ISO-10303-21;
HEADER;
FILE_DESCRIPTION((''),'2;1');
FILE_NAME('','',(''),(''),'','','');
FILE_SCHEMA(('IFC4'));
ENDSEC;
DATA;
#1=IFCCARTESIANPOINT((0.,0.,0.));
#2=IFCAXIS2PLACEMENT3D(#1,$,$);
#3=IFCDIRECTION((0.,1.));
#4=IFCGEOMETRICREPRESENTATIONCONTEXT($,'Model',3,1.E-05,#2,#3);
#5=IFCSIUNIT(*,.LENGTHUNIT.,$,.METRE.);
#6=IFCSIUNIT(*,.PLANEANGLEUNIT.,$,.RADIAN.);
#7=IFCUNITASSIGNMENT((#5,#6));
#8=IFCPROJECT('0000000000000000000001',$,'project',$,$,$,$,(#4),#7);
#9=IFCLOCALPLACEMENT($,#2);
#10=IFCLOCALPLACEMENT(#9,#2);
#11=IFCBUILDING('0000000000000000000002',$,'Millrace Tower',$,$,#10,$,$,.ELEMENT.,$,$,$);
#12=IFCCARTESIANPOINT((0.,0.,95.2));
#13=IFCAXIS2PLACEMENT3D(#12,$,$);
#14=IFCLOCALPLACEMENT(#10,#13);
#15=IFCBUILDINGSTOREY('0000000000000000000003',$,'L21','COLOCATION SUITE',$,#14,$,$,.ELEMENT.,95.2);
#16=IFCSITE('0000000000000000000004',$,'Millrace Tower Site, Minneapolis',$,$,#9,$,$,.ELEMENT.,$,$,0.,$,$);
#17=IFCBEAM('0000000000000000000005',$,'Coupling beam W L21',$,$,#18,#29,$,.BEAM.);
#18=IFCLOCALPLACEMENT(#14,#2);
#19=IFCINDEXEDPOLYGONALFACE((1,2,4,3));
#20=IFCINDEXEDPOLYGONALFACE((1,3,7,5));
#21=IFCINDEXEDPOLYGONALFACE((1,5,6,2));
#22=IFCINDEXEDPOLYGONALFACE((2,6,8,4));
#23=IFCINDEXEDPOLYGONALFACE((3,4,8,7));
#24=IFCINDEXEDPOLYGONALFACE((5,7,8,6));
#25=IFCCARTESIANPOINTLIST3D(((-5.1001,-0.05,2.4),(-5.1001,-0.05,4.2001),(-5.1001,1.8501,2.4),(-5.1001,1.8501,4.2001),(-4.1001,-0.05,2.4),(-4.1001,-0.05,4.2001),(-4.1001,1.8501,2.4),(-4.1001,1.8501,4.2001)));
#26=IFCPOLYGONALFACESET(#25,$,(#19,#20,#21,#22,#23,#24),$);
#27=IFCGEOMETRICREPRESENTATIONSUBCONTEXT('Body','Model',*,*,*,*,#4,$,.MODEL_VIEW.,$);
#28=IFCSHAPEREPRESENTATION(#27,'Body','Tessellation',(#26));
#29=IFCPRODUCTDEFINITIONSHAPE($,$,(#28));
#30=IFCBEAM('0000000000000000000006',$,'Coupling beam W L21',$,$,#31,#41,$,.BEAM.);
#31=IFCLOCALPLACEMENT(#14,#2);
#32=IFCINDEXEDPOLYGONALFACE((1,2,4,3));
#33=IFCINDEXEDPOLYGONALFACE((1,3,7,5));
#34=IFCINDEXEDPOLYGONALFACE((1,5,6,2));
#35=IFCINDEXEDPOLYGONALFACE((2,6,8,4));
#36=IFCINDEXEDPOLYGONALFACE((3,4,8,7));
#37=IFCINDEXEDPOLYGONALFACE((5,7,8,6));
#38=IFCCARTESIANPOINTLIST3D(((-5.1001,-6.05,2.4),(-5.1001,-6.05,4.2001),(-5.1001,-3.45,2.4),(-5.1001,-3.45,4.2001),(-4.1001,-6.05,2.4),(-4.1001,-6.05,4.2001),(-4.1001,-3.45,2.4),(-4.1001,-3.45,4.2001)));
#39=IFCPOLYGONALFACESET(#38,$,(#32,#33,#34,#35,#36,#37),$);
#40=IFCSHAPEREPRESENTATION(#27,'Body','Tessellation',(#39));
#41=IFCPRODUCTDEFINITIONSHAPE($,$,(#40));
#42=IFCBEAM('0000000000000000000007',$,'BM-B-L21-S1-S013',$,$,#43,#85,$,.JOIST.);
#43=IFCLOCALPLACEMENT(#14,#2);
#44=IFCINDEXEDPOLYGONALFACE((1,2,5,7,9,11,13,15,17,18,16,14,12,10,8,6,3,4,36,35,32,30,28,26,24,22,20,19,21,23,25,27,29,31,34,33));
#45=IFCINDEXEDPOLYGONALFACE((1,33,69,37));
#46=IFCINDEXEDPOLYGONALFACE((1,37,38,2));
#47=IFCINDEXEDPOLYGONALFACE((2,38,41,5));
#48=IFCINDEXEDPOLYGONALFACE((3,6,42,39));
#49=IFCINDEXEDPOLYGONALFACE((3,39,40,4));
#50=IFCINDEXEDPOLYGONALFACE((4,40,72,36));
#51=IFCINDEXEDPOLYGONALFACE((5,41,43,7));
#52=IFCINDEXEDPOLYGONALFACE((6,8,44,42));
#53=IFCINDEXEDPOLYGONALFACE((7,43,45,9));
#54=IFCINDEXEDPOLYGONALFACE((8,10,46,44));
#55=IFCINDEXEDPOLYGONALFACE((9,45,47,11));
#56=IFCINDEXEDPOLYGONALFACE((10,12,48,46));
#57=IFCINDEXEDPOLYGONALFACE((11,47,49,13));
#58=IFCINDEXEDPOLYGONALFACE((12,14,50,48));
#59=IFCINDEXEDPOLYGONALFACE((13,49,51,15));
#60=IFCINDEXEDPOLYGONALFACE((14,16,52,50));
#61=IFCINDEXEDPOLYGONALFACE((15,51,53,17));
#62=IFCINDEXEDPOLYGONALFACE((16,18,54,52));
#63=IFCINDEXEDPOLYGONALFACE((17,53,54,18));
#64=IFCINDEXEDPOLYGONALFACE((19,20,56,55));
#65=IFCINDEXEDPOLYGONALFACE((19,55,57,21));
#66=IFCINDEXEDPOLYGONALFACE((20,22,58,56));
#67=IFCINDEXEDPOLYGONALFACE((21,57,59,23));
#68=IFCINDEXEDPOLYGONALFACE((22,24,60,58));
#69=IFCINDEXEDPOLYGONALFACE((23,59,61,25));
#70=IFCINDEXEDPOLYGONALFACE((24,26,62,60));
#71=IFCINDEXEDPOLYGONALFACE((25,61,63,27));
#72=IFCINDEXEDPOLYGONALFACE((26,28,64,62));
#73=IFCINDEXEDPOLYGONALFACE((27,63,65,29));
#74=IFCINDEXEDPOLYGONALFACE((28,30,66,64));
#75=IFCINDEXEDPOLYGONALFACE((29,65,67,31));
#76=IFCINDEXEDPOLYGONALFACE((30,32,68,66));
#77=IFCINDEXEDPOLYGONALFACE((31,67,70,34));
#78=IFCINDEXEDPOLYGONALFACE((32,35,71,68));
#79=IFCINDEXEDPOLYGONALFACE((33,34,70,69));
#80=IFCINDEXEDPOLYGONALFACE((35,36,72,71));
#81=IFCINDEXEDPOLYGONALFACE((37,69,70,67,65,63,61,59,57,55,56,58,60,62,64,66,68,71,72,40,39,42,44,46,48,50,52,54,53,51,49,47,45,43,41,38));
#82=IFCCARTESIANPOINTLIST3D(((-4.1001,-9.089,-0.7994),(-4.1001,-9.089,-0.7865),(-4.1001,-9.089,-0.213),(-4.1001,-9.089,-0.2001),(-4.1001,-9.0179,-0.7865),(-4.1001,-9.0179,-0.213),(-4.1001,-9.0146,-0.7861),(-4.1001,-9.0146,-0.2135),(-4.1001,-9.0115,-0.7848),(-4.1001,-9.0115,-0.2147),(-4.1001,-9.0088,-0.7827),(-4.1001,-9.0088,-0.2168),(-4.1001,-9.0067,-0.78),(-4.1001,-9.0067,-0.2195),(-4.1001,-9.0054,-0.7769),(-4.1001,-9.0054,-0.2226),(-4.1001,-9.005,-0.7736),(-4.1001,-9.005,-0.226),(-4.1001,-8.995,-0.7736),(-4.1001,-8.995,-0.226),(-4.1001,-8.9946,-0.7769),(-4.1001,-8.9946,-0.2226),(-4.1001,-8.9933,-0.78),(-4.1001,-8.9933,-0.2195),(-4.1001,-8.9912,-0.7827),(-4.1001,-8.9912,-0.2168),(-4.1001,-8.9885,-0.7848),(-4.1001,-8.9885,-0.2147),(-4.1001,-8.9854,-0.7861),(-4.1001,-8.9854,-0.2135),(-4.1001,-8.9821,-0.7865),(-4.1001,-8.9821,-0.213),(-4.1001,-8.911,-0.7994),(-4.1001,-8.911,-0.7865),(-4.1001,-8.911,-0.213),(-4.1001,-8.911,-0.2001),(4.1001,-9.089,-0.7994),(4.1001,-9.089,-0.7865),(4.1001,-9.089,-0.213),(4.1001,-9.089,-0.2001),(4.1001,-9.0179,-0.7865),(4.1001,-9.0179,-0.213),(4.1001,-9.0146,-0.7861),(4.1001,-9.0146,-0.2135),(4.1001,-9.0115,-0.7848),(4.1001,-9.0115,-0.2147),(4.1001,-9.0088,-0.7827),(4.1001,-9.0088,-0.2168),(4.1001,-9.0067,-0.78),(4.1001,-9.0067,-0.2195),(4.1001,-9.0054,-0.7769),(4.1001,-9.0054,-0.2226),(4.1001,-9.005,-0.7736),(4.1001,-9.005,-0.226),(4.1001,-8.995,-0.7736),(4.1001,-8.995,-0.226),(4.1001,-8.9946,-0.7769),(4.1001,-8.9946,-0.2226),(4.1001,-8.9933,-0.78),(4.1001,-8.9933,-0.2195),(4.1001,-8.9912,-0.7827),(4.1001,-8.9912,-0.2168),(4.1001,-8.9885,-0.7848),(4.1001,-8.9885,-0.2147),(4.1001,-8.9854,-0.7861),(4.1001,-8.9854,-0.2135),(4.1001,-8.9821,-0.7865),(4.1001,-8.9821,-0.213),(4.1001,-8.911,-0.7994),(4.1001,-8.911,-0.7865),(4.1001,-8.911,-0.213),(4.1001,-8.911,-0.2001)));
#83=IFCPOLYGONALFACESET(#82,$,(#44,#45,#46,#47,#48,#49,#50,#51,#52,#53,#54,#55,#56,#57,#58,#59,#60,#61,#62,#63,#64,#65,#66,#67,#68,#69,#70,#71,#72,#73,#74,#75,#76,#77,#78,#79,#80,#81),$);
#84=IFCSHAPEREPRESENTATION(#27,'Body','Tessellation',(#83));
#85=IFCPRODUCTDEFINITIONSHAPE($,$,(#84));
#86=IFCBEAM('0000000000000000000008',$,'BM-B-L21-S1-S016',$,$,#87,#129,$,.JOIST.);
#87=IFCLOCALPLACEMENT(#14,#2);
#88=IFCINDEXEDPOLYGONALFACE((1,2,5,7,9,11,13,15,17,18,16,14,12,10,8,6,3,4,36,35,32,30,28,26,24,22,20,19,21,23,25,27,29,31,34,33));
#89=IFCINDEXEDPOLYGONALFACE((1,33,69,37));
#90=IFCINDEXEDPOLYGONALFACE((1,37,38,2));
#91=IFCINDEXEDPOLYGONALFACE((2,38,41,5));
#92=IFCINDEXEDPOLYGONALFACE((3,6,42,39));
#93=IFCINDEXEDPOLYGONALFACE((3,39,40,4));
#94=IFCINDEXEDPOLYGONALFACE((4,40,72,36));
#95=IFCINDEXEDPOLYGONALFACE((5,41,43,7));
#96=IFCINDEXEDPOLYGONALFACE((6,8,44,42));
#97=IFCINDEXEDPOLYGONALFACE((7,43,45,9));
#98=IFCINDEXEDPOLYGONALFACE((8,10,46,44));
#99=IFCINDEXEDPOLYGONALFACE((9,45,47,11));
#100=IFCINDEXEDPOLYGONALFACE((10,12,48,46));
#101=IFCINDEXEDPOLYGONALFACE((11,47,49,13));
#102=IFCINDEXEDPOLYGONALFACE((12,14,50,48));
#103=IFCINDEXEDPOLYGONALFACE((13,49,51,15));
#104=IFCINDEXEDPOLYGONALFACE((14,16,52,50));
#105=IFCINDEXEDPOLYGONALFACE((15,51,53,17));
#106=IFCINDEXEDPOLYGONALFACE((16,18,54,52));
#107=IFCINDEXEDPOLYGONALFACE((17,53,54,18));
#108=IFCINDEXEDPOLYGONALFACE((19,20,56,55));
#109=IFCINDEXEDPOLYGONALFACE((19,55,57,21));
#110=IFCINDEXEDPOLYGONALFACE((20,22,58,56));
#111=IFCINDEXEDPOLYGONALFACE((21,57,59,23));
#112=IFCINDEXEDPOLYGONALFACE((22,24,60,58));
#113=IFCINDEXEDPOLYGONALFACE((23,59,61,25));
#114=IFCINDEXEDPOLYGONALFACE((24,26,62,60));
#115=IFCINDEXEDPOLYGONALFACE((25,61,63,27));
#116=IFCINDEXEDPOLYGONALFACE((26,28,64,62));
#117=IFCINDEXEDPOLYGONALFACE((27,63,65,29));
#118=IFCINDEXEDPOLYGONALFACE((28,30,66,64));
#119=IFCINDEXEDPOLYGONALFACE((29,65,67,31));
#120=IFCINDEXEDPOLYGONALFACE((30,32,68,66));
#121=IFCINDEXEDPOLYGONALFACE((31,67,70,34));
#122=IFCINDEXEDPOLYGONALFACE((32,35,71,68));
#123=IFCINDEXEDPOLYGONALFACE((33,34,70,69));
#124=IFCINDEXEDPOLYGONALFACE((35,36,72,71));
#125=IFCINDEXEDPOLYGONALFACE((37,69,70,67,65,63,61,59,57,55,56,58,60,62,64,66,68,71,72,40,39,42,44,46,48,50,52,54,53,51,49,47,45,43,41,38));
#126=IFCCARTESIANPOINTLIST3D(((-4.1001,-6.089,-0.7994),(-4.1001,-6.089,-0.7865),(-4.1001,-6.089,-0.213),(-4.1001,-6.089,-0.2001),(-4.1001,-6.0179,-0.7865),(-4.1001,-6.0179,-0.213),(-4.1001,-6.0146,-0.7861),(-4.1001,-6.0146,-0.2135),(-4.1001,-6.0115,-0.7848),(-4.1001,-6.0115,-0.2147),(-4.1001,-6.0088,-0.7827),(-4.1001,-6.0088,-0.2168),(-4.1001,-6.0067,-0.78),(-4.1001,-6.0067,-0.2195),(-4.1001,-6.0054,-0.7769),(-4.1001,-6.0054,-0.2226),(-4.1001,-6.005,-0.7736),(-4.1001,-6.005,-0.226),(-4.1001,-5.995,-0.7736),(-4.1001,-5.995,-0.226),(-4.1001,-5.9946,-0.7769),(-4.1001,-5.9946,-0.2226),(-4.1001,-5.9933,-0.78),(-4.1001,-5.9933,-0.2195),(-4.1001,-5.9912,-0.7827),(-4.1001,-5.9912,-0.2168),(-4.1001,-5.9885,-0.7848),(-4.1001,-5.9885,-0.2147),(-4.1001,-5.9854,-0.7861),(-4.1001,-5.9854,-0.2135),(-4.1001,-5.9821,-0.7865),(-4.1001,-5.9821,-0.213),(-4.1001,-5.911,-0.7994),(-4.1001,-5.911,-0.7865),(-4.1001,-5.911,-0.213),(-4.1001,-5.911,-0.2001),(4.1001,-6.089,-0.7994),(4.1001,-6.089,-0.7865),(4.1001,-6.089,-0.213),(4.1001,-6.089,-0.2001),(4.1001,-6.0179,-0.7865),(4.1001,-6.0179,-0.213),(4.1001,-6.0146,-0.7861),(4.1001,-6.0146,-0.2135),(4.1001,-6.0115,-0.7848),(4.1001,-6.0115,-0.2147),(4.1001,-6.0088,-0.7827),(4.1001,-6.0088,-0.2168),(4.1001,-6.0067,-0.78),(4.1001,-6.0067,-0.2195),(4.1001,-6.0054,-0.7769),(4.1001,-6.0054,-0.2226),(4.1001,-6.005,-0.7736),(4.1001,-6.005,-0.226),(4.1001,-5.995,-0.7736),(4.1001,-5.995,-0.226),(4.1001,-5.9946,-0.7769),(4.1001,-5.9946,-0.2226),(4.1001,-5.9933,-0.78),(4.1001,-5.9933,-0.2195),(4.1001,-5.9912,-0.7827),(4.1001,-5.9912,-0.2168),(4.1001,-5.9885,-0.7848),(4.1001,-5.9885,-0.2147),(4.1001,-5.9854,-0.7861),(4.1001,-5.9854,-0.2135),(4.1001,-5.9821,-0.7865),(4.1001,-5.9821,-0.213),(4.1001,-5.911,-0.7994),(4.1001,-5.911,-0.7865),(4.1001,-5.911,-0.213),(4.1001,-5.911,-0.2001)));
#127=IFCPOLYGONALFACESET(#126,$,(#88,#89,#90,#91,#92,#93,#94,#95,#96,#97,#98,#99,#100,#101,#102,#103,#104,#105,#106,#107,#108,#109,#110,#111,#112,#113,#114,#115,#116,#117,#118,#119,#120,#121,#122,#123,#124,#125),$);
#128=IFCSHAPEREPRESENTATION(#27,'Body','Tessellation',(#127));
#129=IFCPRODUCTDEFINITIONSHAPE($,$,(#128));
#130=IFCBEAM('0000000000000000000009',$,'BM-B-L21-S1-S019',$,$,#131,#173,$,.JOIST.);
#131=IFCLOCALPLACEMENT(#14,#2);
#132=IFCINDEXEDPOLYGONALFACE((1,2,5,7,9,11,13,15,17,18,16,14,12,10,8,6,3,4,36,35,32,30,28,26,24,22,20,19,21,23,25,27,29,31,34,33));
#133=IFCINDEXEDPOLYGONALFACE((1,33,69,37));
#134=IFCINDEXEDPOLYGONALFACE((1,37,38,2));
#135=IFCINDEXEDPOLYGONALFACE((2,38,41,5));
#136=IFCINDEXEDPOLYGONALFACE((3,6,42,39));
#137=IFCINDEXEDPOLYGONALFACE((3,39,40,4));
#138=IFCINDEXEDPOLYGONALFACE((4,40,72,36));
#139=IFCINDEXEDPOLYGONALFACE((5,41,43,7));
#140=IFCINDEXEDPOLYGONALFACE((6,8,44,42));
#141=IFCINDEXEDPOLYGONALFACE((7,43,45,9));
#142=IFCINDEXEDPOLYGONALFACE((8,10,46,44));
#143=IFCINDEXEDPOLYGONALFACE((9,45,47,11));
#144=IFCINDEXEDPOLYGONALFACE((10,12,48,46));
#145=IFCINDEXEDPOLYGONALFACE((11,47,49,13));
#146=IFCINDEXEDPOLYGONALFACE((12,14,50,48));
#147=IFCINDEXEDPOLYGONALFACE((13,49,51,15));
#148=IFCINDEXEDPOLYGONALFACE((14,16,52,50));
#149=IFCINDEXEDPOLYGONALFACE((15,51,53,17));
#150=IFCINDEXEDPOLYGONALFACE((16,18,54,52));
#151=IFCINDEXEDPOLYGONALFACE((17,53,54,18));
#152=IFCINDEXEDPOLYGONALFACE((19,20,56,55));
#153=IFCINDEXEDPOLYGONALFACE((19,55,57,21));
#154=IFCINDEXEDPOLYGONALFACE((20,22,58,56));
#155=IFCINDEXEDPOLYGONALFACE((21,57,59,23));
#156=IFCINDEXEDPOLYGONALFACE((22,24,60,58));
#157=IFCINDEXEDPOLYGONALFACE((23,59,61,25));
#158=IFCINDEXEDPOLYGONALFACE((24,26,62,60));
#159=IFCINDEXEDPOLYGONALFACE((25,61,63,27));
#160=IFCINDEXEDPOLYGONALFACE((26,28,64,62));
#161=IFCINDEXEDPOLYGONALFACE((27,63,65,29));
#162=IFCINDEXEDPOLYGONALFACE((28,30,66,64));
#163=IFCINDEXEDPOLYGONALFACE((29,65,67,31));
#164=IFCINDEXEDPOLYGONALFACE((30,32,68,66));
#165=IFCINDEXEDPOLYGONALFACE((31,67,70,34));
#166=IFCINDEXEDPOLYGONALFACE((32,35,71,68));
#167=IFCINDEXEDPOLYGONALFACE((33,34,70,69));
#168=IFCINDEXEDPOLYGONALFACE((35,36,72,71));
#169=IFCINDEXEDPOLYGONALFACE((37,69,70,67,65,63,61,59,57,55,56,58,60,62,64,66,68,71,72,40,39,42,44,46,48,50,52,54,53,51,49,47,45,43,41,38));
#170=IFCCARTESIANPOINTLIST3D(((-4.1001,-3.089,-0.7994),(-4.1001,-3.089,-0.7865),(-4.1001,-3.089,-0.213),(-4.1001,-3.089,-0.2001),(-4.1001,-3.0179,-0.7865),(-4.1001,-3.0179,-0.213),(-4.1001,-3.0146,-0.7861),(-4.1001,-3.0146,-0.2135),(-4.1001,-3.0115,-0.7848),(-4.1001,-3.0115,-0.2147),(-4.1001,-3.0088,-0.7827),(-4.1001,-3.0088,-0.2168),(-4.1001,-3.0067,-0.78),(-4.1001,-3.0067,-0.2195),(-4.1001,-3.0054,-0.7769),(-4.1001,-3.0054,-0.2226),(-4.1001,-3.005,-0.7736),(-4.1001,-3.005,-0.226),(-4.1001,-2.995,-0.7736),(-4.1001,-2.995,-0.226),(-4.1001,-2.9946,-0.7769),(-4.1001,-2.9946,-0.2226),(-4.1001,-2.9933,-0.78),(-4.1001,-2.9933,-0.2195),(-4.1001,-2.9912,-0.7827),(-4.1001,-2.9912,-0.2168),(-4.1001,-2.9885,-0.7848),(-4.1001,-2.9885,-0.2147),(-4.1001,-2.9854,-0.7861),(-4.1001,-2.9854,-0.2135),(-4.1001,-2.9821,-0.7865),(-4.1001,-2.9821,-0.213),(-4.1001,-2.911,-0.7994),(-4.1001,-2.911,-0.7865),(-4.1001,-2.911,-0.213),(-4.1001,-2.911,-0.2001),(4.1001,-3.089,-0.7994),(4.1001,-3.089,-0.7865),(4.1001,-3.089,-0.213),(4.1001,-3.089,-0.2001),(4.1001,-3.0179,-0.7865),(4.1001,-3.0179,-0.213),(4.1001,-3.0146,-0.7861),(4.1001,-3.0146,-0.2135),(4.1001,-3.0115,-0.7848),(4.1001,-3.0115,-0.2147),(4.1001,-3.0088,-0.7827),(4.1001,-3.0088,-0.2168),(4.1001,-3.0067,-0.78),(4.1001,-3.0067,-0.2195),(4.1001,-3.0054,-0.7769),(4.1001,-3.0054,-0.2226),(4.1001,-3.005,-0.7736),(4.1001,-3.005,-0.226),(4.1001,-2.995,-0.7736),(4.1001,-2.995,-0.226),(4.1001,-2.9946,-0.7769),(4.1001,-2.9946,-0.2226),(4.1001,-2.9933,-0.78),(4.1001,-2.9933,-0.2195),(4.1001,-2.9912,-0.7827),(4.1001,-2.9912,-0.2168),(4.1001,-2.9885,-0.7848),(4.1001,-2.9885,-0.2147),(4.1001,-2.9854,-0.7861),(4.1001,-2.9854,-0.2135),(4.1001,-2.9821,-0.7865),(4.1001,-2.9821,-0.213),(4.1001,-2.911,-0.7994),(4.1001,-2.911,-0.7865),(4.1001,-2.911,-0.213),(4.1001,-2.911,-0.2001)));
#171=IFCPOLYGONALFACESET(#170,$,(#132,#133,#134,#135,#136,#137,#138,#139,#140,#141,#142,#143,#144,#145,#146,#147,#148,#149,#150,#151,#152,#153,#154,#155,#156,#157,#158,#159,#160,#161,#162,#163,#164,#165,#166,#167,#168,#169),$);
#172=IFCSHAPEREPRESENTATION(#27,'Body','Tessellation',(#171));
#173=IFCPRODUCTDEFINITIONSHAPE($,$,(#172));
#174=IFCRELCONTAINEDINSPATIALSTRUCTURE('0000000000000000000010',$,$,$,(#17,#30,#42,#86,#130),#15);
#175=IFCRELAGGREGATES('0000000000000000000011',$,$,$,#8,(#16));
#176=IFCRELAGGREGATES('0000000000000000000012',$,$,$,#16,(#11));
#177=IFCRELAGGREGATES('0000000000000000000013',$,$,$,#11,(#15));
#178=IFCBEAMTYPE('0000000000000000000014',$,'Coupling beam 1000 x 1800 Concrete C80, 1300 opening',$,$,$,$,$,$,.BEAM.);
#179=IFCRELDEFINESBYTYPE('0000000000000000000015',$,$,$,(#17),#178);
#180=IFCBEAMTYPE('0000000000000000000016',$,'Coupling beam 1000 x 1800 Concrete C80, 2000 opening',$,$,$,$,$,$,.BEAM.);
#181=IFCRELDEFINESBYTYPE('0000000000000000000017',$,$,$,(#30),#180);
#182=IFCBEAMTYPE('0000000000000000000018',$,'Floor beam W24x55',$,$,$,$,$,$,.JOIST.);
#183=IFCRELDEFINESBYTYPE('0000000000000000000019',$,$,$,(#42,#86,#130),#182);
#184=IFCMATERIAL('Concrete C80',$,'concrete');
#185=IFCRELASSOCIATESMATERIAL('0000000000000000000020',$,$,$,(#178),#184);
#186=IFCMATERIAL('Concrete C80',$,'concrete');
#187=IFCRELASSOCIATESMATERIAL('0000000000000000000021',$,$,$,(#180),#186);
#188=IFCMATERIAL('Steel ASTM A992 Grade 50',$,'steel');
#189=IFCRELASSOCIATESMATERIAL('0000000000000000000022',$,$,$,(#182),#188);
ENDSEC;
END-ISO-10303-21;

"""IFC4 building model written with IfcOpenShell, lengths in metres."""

from ifc_helpers import new_model, si_unit, direction, frame, origin, origin_2d, place, context, subcontext, project, spatial, rectangle, i_section, extrude, material, material_profile, profile_set, type_object, element, save


model = new_model("IFC4")

# Units and contexts
model_context = context("Model", 3, precision=1e-05, world=origin(), true_north=direction((0.0, 1.0)))
body_context = subcontext(model_context, "Body", "Model", "MODEL_VIEW")
ifc_project = project(units=[si_unit("LENGTHUNIT", "METRE"), si_unit("PLANEANGLEUNIT", "RADIAN")], contexts=[model_context])

# Site, building, storey
site_placement = place(None, origin())
site = spatial("IfcSite", under=ifc_project, at=site_placement, Name="Millrace Tower Site, Minneapolis", CompositionType="ELEMENT", RefElevation=0.0)
building_placement = place(site_placement, origin())
building = spatial("IfcBuilding", under=site, at=building_placement, Name="Millrace Tower", CompositionType="ELEMENT")
storey_placement = place(building_placement, frame((0.0, 0.0, 95.2)))
storey = spatial("IfcBuildingStorey", under=building, at=storey_placement, Name="L21", Description="COLOCATION SUITE", CompositionType="ELEMENT", Elevation=95.2)

# Beams
ifc_material_1 = material(Name="Concrete C80", Category="concrete")
ifc_material_profile_1 = material_profile(ifc_material_1, rectangle(XDim=1.0, YDim=1.8, at=origin_2d()))
ifc_profile_set_1 = profile_set([ifc_material_profile_1], Name="Concrete C80")
beam_type_1 = type_object("IfcBeamType", Name="Coupling beam 1000 x 1800 Concrete C80, 1300 opening", PredefinedType="BEAM", material=ifc_profile_set_1)
beam_1_placement = place(storey_placement, frame((-4.6001, -0.05, 3.3), z_axis=(0.0, 1.0, 0.0), x_axis=(-1.0, 0.0, 0.0)))
element("IfcBeam", 1, at=beam_1_placement, inside=storey, type_object=beam_type_1, Name="Coupling beam W L21", PredefinedType="BEAM", context=body_context, shape_type="SweptSolid", body=[
    extrude(rectangle(XDim=1.0, YDim=1.8, at=origin_2d()), origin(), (0.0, 0.0, 1.0), 1.9001),
])
ifc_material_2 = material(Name="Concrete C80", Category="concrete")
ifc_material_profile_2 = material_profile(ifc_material_2, rectangle(XDim=1.0, YDim=1.8, at=origin_2d()))
ifc_profile_set_2 = profile_set([ifc_material_profile_2], Name="Concrete C80")
beam_type_2 = type_object("IfcBeamType", Name="Coupling beam 1000 x 1800 Concrete C80, 2000 opening", PredefinedType="BEAM", material=ifc_profile_set_2)
beam_2_placement = place(storey_placement, frame((-4.6001, -6.05, 3.3), z_axis=(0.0, 1.0, 0.0), x_axis=(-1.0, 0.0, 0.0)))
element("IfcBeam", 2, at=beam_2_placement, inside=storey, type_object=beam_type_2, Name="Coupling beam W L21", PredefinedType="BEAM", context=body_context, shape_type="SweptSolid", body=[
    extrude(rectangle(XDim=1.0, YDim=1.8, at=origin_2d()), origin(), (0.0, 0.0, 1.0), 2.6001),
])
ifc_material_3 = material(Name="Steel ASTM A992 Grade 50", Category="steel")
ifc_material_profile_3 = material_profile(ifc_material_3, i_section(OverallWidth=0.178, OverallDepth=0.5994, WebThickness=0.01, FlangeThickness=0.0129, FilletRadius=0.0129, at=origin_2d()))
ifc_profile_set_3 = profile_set([ifc_material_profile_3], Name="Steel ASTM A992 Grade 50")
beam_type_3 = type_object("IfcBeamType", Name="Floor beam W24x55", PredefinedType="JOIST", material=ifc_profile_set_3)
for number, where, z_axis, x_axis, name in (
    (3, (-4.1001, -9.0, -0.4998), (1.0, 0.0, 0.0), (0.0, 1.0, 0.0), "BM-B-L21-S1-S013"),
    (4, (-4.1001, -6.0, -0.4998), (1.0, 0.0, 0.0), (0.0, 1.0, 0.0), "BM-B-L21-S1-S016"),
    (5, (-4.1001, -3.0, -0.4998), (1.0, 0.0, 0.0), (0.0, 1.0, 0.0), "BM-B-L21-S1-S019"),
):
    element("IfcBeam", number, at=place(storey_placement, frame(where, z_axis=z_axis, x_axis=x_axis)), inside=storey, type_object=beam_type_3, Name=name, PredefinedType="JOIST", context=body_context, shape_type="SweptSolid", body=[
        extrude(i_section(OverallWidth=0.178, OverallDepth=0.5994, WebThickness=0.01, FlangeThickness=0.0129, FilletRadius=0.0129, at=origin_2d()), origin(), (0.0, 0.0, 1.0), 8.2002),
    ])

save(model, "model.ifc")
